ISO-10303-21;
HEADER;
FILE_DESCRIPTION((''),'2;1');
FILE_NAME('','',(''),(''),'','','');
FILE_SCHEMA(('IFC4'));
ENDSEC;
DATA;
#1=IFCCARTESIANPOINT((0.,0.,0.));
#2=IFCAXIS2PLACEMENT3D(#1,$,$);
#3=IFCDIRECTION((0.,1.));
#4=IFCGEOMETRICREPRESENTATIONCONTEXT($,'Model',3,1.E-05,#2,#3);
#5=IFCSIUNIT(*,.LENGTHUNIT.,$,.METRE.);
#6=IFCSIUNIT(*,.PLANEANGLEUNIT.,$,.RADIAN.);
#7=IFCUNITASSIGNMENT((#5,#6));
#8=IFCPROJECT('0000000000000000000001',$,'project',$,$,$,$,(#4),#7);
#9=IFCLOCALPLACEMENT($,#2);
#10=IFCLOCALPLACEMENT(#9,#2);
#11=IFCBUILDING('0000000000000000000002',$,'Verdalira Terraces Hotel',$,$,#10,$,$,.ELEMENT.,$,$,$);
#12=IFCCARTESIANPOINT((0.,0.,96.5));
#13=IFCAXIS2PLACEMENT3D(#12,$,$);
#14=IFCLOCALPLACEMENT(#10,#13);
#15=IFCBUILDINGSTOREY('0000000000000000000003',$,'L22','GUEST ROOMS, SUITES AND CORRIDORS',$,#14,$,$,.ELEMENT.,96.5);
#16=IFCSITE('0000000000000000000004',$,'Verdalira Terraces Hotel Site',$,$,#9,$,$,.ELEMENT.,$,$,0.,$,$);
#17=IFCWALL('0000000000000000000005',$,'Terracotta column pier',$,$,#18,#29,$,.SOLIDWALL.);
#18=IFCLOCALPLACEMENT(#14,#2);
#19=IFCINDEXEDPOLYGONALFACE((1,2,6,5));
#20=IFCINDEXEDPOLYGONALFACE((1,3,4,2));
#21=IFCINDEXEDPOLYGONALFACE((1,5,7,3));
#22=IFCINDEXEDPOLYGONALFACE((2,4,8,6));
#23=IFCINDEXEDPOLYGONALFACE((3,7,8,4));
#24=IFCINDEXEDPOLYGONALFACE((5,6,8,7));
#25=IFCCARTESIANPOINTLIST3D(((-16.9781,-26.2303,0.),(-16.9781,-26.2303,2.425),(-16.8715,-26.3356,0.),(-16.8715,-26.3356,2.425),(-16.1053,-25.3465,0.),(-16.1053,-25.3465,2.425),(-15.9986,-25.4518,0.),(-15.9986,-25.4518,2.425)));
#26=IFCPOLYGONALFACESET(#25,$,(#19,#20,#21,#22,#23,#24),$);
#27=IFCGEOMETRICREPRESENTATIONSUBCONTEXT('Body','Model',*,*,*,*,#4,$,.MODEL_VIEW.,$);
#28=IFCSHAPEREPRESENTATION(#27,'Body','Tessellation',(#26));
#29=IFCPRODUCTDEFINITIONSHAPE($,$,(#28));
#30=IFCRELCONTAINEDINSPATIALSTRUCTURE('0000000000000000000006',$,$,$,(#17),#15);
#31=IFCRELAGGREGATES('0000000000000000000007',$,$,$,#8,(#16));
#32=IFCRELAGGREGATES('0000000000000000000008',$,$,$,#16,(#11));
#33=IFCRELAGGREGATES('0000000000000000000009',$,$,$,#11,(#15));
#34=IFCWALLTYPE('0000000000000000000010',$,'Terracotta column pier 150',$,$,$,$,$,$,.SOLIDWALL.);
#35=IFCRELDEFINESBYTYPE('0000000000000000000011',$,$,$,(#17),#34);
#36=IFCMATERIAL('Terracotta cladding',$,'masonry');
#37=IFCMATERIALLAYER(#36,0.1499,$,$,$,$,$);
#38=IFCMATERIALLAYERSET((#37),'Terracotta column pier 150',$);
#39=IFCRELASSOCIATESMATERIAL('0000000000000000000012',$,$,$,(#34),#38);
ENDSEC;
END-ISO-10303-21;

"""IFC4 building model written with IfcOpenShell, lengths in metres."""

from ifc_helpers import new_model, si_unit, direction, frame, frame_2d, origin, place, context, subcontext, project, spatial, rectangle, extrude, material, layer, layer_set, type_object, element, save


model = new_model("IFC4")

# Units and contexts
model_context = context("Model", 3, precision=1e-05, world=origin(), true_north=direction((0.0, 1.0)))
body_context = subcontext(model_context, "Body", "Model", "MODEL_VIEW")
ifc_project = project(units=[si_unit("LENGTHUNIT", "METRE"), si_unit("PLANEANGLEUNIT", "RADIAN")], contexts=[model_context])

# Site, building, storey
site_placement = place(None, origin())
site = spatial("IfcSite", under=ifc_project, at=site_placement, Name="Verdalira Terraces Hotel Site", CompositionType="ELEMENT", RefElevation=0.0)
building_placement = place(site_placement, origin())
building = spatial("IfcBuilding", under=site, at=building_placement, Name="Verdalira Terraces Hotel", CompositionType="ELEMENT")
storey_placement = place(building_placement, frame((0.0, 0.0, 96.5)))
storey = spatial("IfcBuildingStorey", under=building, at=storey_placement, Name="L22", Description="GUEST ROOMS, SUITES AND CORRIDORS", CompositionType="ELEMENT", Elevation=96.5)

# Wall
ifc_material_1 = material(Name="Terracotta cladding", Category="masonry")
ifc_layer_1 = layer(ifc_material_1, 0.1499)
ifc_layer_set_1 = layer_set([ifc_layer_1], Name="Terracotta column pier 150")
wall_type_1 = type_object("IfcWallType", Name="Terracotta column pier 150", PredefinedType="SOLIDWALL", material=ifc_layer_set_1)
wall_1_placement = place(storey_placement, frame((-16.9248, -26.283, 0.0), z_axis=(0.0, 0.0, 1.0), x_axis=(0.702671, 0.711515, 0.0)))
element("IfcWall", 1, at=wall_1_placement, inside=storey, type_object=wall_type_1, Name="Terracotta column pier", PredefinedType="SOLIDWALL", context=body_context, shape_type="SweptSolid", body=[
    extrude(rectangle(XDim=1.2422, YDim=0.1499, at=frame_2d((0.6211, 0.0))), origin(), (0.0, 0.0, 1.0), 2.425),
])

save(model, "model.ifc")
